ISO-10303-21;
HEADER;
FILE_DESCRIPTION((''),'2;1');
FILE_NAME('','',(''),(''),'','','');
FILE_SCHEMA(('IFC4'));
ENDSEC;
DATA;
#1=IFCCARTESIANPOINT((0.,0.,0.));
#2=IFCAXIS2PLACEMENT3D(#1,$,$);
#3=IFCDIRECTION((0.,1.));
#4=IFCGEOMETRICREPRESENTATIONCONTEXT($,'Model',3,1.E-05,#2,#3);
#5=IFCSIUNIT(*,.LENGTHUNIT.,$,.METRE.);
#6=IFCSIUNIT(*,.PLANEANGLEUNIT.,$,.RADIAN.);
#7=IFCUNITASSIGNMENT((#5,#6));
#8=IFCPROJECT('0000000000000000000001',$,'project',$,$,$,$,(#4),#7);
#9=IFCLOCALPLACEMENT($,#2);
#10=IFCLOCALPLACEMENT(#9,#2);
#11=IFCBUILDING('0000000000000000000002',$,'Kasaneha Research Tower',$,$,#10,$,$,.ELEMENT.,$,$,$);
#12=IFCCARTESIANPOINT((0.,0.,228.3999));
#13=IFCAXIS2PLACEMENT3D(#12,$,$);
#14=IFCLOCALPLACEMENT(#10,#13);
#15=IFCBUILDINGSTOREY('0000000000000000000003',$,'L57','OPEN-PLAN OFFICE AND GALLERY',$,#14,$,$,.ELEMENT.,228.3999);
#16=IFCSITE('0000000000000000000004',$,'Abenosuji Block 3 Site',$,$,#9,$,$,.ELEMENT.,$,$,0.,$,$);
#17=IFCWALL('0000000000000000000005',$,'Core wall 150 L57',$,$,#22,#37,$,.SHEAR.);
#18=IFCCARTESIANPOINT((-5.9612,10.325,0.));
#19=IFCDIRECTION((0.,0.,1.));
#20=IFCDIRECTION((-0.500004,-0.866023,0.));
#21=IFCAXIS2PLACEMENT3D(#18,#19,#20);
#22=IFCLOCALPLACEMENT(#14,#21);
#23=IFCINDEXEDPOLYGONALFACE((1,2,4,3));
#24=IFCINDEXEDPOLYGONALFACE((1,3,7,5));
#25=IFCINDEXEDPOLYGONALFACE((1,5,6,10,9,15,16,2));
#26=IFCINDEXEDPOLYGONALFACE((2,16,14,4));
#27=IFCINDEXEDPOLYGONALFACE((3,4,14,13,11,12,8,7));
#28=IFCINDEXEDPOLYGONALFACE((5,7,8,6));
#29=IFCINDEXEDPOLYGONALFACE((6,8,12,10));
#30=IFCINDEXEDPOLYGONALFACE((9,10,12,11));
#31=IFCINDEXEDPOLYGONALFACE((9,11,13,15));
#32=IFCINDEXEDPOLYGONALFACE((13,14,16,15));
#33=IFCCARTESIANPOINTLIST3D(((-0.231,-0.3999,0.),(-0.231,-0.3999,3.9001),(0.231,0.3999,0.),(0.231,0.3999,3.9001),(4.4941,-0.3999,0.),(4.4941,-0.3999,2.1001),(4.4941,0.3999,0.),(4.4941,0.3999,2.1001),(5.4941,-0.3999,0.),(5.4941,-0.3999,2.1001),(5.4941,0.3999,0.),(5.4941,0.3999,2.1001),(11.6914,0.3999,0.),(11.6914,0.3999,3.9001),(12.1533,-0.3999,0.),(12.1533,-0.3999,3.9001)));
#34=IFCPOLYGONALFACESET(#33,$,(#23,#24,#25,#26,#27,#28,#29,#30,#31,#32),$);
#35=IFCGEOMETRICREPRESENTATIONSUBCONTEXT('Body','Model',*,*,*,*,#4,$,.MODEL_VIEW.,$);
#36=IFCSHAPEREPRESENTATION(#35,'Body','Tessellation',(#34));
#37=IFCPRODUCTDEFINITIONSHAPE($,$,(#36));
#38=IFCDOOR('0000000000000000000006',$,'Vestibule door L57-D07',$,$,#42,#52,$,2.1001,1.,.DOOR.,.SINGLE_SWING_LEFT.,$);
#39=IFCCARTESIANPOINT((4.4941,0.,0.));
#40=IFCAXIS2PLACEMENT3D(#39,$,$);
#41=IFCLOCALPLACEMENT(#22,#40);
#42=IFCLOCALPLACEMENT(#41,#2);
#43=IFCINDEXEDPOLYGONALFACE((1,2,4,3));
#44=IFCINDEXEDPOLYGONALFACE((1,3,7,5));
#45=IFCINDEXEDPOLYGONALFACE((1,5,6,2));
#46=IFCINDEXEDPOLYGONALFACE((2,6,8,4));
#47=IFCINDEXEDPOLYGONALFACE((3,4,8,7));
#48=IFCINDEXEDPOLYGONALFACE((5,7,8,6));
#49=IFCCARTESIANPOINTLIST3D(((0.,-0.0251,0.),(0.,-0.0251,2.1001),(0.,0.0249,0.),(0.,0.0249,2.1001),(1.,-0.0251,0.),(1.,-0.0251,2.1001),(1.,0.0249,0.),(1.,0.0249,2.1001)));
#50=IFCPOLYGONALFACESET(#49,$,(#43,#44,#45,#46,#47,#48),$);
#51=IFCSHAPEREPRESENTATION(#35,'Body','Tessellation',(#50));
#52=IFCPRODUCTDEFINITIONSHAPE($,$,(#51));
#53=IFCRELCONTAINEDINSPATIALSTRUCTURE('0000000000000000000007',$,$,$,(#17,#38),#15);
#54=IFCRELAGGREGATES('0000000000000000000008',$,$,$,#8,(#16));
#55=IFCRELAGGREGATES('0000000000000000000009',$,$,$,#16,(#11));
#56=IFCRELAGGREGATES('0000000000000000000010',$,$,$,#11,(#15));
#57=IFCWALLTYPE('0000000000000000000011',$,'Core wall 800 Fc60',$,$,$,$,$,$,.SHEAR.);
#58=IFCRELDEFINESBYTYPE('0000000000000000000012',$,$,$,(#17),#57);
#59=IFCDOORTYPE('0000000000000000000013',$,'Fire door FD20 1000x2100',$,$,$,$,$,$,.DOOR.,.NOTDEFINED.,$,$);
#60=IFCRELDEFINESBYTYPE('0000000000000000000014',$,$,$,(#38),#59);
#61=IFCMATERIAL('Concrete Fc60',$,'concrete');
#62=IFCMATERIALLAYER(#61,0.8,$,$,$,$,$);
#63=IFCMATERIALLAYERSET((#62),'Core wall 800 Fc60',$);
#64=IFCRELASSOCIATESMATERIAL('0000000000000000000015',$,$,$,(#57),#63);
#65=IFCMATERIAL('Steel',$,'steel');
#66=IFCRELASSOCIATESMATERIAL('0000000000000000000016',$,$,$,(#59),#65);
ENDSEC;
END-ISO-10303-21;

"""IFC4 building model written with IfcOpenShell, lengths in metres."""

from ifc_helpers import new_model, si_unit, direction, frame, frame_2d, origin, place, context, subcontext, project, spatial, polyline, rectangle, outline, extrude, material, layer, layer_set, type_object, element, fill, save


model = new_model("IFC4")

# Units and contexts
model_context = context("Model", 3, precision=1e-05, world=origin(), true_north=direction((0.0, 1.0)))
body_context = subcontext(model_context, "Body", "Model", "MODEL_VIEW")
ifc_project = project(units=[si_unit("LENGTHUNIT", "METRE"), si_unit("PLANEANGLEUNIT", "RADIAN")], contexts=[model_context])

# Site, building, storey
site_placement = place(None, origin())
site = spatial("IfcSite", under=ifc_project, at=site_placement, Name="Abenosuji Block 3 Site", CompositionType="ELEMENT", RefElevation=0.0)
building_placement = place(site_placement, origin())
building = spatial("IfcBuilding", under=site, at=building_placement, Name="Kasaneha Research Tower", CompositionType="ELEMENT")
storey_placement = place(building_placement, frame((0.0, 0.0, 228.3999)))
storey = spatial("IfcBuildingStorey", under=building, at=storey_placement, Name="L57", Description="OPEN-PLAN OFFICE AND GALLERY", CompositionType="ELEMENT", Elevation=228.3999)

# Wall, opening, door
ifc_material_1 = material(Name="Concrete Fc60", Category="concrete")
ifc_layer_1 = layer(ifc_material_1, 0.8)
ifc_layer_set_1 = layer_set([ifc_layer_1], Name="Core wall 800 Fc60")
wall_type_1 = type_object("IfcWallType", Name="Core wall 800 Fc60", PredefinedType="SHEAR", material=ifc_layer_set_1)
wall_1_placement = place(storey_placement, frame((-5.9612, 10.325, 0.0), z_axis=(0.0, 0.0, 1.0), x_axis=(-0.500004, -0.866023, 0.0)))
wall_1 = element("IfcWall", 1, at=wall_1_placement, inside=storey, type_object=wall_type_1, Name="Core wall 150 L57", PredefinedType="SHEAR", context=body_context, shape_type="SweptSolid", body=[
    extrude(outline(polyline([(-0.231, -0.3999), (4.4941, -0.3999), (5.4941, -0.3999), (12.1533, -0.3999), (11.6914, 0.3999), (5.4941, 0.3999), (4.4941, 0.3999), (0.231, 0.3999), (-0.231, -0.3999)])), origin(), (0.0, 0.0, 1.0), 3.9001),
])
opening_1_placement = place(wall_1_placement, frame((4.4941, 0.0, 0.0)))
opening_1 = element("IfcOpeningElement", 2, at=opening_1_placement, cuts=wall_1, PredefinedType="OPENING", context=body_context, shape_type="SweptSolid", body=[
    extrude(rectangle(XDim=1.0, YDim=2.1001, at=frame_2d((0.5, 1.05))), frame((0.0, 0.4102, 0.0), z_axis=(0.0, -1.0, 0.0), x_axis=(1.0, 0.0, 0.0)), (0.0, 0.0, 1.0), 0.8201),
])
ifc_material_2 = material(Name="Steel", Category="steel")
door_type_1 = type_object("IfcDoorType", Name="Fire door FD20 1000x2100", OperationType="NOTDEFINED", PredefinedType="DOOR", material=ifc_material_2)
door_1_placement = place(opening_1_placement, origin())
door_1 = element("IfcDoor", 3, at=door_1_placement, inside=storey, type_object=door_type_1, Name="Vestibule door L57-D07", OperationType="SINGLE_SWING_LEFT", OverallHeight=2.1001, OverallWidth=1.0, PredefinedType="DOOR", context=body_context, shape_type="SweptSolid", body=[
    extrude(rectangle(XDim=1.0, YDim=2.1001, at=frame_2d((0.5, 1.05))), frame((0.0, 0.0249, 0.0), z_axis=(0.0, -1.0, 0.0), x_axis=(1.0, 0.0, 0.0)), (0.0, 0.0, 1.0), 0.05),
])
fill(opening_1, door_1)

save(model, "model.ifc")
